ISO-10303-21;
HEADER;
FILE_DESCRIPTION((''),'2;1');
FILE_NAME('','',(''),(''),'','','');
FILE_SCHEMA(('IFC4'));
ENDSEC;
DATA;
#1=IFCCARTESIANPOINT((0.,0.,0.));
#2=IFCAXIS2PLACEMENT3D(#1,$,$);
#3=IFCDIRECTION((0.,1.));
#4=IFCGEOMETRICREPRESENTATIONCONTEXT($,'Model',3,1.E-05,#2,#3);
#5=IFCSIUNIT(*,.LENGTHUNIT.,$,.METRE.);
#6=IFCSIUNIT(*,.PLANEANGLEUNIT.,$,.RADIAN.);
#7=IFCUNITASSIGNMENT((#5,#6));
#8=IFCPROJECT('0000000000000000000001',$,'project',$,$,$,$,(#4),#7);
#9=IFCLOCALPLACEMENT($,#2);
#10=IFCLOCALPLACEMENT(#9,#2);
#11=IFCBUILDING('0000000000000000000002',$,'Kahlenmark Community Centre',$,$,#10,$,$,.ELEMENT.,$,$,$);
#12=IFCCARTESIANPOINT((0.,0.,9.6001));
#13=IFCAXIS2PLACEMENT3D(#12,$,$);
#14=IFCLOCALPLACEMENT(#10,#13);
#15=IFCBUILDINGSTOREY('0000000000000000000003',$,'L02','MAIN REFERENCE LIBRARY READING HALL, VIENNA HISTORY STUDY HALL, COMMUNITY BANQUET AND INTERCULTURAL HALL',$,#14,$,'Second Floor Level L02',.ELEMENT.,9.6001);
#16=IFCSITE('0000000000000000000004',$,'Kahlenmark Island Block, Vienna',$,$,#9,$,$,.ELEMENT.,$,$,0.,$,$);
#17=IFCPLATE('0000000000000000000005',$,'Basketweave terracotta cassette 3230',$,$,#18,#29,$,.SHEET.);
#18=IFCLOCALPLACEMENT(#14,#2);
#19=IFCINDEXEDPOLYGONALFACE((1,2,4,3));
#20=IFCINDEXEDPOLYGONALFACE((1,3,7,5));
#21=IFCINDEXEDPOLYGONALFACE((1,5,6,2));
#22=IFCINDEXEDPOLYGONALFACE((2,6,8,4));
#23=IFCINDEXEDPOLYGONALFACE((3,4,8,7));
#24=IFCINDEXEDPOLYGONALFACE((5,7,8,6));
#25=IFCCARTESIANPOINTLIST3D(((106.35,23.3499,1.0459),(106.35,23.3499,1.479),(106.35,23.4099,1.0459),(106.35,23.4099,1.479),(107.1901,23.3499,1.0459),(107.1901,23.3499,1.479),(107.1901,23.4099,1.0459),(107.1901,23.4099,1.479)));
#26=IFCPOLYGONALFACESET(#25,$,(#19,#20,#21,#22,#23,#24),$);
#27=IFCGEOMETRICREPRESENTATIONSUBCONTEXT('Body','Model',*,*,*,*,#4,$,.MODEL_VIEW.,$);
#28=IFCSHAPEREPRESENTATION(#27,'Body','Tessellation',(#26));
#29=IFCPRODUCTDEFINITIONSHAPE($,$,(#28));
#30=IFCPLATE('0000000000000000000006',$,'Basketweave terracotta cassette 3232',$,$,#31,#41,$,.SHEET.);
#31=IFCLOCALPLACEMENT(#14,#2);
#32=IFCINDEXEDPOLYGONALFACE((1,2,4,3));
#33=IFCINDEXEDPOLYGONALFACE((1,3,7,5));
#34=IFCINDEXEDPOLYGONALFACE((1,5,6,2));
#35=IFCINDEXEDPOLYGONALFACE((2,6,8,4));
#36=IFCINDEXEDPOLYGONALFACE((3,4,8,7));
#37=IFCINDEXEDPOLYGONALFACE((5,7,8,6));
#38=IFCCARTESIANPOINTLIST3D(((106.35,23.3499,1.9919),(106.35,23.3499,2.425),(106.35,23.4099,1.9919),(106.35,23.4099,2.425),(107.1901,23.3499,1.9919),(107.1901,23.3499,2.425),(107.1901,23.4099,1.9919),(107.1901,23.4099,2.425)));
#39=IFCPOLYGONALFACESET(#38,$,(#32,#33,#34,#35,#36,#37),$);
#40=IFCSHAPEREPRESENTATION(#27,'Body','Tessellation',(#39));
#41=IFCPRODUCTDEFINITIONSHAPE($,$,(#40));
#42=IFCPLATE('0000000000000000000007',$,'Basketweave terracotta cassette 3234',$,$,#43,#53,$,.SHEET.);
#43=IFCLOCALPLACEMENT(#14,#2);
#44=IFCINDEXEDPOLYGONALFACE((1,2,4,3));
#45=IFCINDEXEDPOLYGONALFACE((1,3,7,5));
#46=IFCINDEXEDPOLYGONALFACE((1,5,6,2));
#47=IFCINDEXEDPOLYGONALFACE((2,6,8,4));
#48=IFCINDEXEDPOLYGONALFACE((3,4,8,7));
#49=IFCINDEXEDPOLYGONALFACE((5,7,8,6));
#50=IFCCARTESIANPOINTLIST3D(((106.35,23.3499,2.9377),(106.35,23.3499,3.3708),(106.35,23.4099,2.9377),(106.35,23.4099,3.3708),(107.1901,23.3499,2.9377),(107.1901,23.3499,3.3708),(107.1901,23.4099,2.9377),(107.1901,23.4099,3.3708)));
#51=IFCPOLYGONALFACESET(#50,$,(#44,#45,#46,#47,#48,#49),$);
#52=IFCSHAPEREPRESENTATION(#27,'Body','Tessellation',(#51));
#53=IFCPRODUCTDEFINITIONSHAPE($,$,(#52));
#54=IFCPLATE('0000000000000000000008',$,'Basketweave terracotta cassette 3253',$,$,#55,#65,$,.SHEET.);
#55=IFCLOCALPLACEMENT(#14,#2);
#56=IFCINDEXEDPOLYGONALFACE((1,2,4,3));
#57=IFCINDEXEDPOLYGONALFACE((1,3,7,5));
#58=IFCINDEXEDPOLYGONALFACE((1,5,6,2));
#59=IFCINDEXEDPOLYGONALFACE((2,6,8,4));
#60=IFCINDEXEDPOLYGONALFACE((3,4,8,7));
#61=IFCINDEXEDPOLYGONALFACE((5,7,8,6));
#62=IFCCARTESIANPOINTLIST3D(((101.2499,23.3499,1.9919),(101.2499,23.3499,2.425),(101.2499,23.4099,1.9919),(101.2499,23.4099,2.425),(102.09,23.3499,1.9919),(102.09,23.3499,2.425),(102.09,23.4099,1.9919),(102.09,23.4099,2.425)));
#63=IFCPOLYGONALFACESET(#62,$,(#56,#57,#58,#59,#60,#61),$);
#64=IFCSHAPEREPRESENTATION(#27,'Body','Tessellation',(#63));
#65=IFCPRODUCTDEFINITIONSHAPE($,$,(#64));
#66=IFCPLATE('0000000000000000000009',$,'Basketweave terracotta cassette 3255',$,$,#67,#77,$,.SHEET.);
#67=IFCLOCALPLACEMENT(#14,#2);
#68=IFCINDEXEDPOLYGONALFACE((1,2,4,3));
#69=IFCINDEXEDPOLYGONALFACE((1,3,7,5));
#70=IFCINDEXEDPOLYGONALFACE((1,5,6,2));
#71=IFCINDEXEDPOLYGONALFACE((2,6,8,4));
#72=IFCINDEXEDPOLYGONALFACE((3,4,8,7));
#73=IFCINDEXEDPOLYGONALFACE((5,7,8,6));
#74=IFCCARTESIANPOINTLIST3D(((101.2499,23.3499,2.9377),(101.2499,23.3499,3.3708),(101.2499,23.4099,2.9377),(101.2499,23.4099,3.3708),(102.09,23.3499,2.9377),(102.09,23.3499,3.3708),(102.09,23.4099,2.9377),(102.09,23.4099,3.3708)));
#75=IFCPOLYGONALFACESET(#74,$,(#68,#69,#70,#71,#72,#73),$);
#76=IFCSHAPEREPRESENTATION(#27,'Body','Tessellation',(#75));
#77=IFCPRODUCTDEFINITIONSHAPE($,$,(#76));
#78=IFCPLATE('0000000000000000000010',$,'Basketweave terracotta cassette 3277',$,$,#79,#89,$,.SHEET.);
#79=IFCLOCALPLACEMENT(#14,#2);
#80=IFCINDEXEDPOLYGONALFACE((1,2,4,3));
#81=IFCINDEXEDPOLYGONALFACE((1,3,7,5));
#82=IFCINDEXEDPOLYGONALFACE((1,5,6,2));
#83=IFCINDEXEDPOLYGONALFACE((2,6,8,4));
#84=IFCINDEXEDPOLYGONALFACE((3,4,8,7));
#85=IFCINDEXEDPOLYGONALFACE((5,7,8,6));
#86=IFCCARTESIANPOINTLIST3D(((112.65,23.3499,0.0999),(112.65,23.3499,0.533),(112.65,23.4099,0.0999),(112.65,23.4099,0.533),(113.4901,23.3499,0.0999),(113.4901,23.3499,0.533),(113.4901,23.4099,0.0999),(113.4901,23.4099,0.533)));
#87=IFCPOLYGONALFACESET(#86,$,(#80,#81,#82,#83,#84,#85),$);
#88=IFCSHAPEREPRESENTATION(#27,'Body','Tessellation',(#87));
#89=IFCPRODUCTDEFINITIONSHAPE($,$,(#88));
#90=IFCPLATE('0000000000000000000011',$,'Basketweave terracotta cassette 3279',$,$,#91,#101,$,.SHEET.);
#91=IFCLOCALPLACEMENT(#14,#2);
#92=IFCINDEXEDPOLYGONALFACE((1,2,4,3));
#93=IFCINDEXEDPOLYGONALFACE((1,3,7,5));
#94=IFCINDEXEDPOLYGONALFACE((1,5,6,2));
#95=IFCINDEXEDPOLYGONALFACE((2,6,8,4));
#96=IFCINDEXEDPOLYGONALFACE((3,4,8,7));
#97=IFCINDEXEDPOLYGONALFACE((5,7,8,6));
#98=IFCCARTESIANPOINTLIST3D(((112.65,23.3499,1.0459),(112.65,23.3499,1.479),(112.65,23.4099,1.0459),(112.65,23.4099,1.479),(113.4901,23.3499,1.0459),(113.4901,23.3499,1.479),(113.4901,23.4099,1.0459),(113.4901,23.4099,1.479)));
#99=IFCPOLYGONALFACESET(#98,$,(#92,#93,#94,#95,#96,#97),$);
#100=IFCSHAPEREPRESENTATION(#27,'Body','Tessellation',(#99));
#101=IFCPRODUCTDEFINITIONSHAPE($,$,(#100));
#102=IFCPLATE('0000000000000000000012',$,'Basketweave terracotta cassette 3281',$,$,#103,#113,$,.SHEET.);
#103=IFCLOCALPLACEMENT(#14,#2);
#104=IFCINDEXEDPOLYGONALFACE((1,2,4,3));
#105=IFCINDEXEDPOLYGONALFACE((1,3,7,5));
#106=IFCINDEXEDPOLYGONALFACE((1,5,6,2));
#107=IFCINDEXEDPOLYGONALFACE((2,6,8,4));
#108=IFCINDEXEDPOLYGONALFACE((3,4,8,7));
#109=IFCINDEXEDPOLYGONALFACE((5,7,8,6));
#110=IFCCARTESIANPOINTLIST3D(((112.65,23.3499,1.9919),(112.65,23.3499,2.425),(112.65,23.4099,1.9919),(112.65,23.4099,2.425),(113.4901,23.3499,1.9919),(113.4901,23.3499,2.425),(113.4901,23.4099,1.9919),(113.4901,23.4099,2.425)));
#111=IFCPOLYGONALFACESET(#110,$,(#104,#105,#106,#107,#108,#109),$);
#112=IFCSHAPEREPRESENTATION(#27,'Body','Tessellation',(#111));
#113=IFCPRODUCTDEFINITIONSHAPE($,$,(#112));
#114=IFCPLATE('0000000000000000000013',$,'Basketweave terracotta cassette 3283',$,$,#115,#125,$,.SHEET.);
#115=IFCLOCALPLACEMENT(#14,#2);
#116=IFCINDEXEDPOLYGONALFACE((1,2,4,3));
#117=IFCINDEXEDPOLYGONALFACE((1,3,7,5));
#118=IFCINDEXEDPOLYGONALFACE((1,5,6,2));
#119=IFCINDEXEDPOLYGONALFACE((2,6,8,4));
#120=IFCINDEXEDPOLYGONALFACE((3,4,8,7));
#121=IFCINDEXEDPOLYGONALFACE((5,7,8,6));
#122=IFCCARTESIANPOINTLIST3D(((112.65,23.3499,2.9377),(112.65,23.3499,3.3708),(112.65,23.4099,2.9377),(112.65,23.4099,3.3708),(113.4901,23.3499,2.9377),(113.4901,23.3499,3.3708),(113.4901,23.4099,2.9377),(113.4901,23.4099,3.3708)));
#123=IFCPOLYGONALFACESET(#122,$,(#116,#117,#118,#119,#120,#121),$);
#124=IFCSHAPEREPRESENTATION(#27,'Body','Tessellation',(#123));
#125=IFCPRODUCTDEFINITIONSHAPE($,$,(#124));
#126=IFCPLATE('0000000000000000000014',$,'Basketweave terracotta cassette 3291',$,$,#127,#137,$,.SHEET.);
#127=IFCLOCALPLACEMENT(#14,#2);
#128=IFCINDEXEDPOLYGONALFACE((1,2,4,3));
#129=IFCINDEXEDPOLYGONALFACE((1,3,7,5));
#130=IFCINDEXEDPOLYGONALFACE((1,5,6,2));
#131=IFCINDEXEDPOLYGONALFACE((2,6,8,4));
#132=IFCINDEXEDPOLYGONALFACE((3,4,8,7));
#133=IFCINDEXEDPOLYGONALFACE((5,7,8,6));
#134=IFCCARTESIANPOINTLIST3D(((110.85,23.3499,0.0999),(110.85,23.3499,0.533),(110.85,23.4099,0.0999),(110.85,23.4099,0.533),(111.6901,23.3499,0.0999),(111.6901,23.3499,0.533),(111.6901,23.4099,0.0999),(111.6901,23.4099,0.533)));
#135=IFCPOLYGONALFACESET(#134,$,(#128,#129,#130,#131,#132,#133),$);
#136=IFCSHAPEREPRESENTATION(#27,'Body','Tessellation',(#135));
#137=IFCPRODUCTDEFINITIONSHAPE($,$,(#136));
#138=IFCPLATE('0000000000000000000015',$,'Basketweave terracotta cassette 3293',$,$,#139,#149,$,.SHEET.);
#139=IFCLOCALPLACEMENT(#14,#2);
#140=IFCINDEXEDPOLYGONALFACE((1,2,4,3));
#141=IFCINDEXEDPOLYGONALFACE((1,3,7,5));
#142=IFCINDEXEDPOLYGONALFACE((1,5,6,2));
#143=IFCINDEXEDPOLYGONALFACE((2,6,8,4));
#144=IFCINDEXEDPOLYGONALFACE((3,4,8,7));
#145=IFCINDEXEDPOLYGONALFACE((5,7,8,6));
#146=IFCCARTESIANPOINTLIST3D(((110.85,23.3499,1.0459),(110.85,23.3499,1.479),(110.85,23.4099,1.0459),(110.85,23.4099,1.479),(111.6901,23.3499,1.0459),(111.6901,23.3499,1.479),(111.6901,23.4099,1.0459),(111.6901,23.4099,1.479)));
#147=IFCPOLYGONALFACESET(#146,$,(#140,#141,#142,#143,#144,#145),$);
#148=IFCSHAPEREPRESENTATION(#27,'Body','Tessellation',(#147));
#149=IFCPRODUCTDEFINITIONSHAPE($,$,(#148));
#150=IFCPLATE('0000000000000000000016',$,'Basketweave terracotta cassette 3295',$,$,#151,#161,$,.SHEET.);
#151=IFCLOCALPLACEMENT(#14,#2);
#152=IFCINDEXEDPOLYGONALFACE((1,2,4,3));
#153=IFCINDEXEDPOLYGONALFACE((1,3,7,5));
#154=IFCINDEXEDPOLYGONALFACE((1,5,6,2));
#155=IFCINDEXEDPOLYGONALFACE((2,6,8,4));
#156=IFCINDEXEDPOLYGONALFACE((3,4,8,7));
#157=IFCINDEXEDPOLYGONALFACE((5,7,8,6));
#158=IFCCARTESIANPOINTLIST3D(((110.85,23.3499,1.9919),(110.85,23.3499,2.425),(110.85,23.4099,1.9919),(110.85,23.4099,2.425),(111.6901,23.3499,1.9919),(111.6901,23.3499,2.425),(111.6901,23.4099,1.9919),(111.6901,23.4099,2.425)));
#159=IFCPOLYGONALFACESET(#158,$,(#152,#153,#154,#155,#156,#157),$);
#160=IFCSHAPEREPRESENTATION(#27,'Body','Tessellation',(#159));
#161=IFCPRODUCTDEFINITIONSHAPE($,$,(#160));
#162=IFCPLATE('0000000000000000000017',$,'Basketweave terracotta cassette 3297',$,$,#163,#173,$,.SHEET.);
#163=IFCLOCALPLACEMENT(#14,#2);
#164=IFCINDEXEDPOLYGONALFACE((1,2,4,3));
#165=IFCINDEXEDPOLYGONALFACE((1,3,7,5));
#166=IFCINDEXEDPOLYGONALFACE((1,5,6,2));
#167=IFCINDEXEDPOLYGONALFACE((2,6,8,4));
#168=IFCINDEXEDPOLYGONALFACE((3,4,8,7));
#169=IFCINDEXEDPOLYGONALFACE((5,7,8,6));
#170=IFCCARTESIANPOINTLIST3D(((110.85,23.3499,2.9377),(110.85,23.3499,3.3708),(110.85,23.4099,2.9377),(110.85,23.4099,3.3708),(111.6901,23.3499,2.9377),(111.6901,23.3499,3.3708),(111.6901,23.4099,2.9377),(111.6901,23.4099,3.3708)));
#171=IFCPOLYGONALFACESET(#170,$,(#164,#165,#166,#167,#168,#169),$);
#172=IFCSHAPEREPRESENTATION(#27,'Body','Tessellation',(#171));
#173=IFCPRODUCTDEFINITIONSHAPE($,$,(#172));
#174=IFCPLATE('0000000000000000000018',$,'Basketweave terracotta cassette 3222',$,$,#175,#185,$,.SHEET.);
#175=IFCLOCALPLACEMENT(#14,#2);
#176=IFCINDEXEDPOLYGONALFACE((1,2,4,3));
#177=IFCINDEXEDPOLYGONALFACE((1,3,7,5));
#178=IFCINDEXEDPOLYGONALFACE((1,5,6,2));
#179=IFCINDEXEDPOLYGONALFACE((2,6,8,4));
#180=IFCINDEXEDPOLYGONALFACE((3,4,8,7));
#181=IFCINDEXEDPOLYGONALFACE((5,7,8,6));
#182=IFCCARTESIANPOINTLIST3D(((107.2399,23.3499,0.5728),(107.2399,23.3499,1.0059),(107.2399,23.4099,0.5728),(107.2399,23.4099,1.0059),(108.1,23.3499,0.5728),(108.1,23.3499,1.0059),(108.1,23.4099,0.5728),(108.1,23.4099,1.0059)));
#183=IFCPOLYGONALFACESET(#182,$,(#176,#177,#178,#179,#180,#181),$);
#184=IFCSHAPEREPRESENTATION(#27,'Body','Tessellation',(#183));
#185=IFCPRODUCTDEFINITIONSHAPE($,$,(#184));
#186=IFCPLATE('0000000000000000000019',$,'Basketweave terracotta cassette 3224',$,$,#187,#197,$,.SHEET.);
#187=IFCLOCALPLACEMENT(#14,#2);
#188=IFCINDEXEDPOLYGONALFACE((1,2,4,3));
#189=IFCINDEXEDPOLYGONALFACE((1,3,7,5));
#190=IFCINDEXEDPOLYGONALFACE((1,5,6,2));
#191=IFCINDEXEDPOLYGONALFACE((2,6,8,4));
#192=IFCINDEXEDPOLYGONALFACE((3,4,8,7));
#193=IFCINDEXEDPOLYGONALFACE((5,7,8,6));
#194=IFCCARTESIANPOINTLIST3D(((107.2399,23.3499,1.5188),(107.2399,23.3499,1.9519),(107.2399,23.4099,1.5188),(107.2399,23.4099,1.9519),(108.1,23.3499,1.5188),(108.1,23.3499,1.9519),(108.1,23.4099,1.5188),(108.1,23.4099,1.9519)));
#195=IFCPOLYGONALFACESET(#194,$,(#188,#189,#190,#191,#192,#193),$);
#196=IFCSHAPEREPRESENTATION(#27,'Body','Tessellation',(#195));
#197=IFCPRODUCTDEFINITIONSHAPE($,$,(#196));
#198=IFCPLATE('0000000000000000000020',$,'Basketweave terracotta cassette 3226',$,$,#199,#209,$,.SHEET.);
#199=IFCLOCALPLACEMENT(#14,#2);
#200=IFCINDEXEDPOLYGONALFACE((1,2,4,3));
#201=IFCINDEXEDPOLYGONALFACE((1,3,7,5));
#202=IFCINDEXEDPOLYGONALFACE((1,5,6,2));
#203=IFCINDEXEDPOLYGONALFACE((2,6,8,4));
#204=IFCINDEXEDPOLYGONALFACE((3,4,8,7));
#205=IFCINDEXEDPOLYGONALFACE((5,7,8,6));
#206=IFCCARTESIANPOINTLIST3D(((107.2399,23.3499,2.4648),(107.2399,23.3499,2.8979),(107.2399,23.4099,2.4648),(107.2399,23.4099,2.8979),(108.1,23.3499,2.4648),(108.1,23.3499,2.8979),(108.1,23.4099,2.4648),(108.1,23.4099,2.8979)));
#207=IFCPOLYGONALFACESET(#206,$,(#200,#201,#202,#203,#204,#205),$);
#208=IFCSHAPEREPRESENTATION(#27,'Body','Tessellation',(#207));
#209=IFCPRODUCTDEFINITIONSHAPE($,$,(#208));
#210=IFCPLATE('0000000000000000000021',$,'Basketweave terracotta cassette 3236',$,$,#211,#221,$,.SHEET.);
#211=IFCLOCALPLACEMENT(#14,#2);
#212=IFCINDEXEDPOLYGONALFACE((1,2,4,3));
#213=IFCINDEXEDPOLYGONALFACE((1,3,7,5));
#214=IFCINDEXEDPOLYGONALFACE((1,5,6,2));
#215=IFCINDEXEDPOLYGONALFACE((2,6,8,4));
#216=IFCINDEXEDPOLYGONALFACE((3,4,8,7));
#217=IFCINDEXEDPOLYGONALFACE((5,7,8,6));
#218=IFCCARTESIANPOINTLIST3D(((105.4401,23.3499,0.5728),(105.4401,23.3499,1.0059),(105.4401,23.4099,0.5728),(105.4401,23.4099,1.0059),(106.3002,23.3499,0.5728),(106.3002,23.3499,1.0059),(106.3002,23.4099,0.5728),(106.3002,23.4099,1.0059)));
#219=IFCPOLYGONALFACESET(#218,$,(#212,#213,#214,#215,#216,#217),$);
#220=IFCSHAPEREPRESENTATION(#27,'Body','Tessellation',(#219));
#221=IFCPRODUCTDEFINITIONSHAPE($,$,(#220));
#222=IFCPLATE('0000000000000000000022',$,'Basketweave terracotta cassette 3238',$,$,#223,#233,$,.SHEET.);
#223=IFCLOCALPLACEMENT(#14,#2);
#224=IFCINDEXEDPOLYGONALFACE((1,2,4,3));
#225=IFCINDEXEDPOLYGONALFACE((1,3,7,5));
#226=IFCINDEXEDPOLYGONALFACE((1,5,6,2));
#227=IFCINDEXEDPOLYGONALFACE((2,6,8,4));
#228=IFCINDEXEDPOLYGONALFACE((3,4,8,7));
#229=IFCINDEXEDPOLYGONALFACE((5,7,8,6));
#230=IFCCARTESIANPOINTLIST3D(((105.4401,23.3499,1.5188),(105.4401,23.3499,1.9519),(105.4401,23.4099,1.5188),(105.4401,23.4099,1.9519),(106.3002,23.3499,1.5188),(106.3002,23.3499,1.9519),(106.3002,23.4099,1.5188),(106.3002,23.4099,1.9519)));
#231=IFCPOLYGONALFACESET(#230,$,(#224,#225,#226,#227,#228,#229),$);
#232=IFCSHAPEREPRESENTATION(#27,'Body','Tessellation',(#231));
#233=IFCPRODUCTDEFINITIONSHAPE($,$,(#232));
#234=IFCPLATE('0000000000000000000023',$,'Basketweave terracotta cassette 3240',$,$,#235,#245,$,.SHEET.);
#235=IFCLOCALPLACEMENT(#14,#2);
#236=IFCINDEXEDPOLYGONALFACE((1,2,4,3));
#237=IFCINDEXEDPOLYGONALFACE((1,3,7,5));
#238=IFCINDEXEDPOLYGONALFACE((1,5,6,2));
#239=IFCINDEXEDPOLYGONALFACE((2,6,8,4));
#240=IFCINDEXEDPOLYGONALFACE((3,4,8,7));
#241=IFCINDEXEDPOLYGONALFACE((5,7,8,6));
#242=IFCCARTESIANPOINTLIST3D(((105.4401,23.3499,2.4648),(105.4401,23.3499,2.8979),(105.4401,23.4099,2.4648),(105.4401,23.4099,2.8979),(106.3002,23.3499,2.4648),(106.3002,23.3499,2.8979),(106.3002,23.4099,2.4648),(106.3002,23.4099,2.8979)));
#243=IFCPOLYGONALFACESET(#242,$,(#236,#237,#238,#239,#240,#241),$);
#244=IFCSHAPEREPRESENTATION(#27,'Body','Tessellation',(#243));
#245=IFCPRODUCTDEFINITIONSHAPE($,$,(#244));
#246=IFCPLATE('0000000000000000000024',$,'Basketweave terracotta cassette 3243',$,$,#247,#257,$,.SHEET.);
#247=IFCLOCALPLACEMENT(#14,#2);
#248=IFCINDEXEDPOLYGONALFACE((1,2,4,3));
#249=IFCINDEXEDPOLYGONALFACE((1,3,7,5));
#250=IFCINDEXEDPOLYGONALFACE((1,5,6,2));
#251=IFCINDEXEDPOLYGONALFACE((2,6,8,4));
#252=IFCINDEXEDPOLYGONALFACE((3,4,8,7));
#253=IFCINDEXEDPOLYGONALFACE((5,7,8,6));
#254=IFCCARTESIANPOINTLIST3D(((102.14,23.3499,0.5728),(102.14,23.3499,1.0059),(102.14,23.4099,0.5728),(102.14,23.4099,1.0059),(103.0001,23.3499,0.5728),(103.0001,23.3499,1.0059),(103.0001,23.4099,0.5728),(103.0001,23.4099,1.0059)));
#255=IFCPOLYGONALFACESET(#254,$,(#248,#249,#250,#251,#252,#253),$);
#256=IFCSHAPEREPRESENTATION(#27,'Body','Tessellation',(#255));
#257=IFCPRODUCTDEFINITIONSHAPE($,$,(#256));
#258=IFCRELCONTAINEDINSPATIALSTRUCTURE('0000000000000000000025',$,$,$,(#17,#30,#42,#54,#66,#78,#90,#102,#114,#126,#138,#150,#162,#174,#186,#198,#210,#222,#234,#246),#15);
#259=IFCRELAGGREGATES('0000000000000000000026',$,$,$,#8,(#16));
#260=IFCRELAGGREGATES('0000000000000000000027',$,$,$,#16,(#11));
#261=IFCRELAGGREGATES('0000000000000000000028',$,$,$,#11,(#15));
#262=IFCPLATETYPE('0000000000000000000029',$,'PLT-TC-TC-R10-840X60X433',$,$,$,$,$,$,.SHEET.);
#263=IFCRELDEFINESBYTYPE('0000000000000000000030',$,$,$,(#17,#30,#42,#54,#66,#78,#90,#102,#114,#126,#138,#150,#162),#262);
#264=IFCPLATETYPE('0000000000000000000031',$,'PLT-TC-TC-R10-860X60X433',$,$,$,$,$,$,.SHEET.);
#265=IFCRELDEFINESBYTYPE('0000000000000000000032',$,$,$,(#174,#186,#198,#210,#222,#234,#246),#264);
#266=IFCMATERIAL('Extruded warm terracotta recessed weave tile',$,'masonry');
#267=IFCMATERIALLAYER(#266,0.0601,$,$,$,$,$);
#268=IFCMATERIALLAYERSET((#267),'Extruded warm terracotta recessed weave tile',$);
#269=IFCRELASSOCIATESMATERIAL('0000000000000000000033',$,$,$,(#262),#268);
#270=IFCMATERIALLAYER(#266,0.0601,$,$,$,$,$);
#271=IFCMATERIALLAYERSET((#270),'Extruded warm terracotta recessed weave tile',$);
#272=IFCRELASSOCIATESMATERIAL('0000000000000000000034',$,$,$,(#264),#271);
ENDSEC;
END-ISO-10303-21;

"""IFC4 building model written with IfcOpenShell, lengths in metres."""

from ifc_helpers import new_model, si_unit, direction, frame, origin, origin_2d, place, context, subcontext, project, spatial, rectangle, extrude, material, layer, layer_set, type_object, element, save


model = new_model("IFC4")

# Units and contexts
model_context = context("Model", 3, precision=1e-05, world=origin(), true_north=direction((0.0, 1.0)))
body_context = subcontext(model_context, "Body", "Model", "MODEL_VIEW")
ifc_project = project(units=[si_unit("LENGTHUNIT", "METRE"), si_unit("PLANEANGLEUNIT", "RADIAN")], contexts=[model_context])

# Site, building, storey
site_placement = place(None, origin())
site = spatial("IfcSite", under=ifc_project, at=site_placement, Name="Kahlenmark Island Block, Vienna", CompositionType="ELEMENT", RefElevation=0.0)
building_placement = place(site_placement, origin())
building = spatial("IfcBuilding", under=site, at=building_placement, Name="Kahlenmark Community Centre", CompositionType="ELEMENT")
storey_placement = place(building_placement, frame((0.0, 0.0, 9.6001)))
storey = spatial("IfcBuildingStorey", under=building, at=storey_placement, Name="L02", Description="MAIN REFERENCE LIBRARY READING HALL, VIENNA HISTORY STUDY HALL, COMMUNITY BANQUET AND INTERCULTURAL HALL", LongName="Second Floor Level L02", CompositionType="ELEMENT", Elevation=9.6001)

# Plates
ifc_material_1 = material(Name="Extruded warm terracotta recessed weave tile", Category="masonry")
ifc_layer_1 = layer(ifc_material_1, 0.0601)
ifc_layer_set_1 = layer_set([ifc_layer_1], Name="Extruded warm terracotta recessed weave tile")
plate_type_1 = type_object("IfcPlateType", Name="PLT-TC-TC-R10-840X60X433", PredefinedType="SHEET", material=ifc_layer_set_1)
for number, where, z_axis, x_axis, name in (
    (1, (106.77, 23.3799, 1.0459), (0.0, 0.0, 1.0), (-1.0, 0.0, 0.0), "Basketweave terracotta cassette 3230"),
    (2, (106.77, 23.3799, 1.9919), (0.0, 0.0, 1.0), (-1.0, 0.0, 0.0), "Basketweave terracotta cassette 3232"),
    (3, (106.77, 23.3799, 2.9377), (0.0, 0.0, 1.0), (-1.0, 0.0, 0.0), "Basketweave terracotta cassette 3234"),
    (4, (101.6699, 23.3799, 1.9919), (0.0, 0.0, 1.0), (-1.0, 0.0, 0.0), "Basketweave terracotta cassette 3253"),
    (5, (101.6699, 23.3799, 2.9377), (0.0, 0.0, 1.0), (-1.0, 0.0, 0.0), "Basketweave terracotta cassette 3255"),
    (6, (113.0701, 23.3799, 0.0999), (0.0, 0.0, 1.0), (-1.0, 0.0, 0.0), "Basketweave terracotta cassette 3277"),
    (7, (113.0701, 23.3799, 1.0459), (0.0, 0.0, 1.0), (-1.0, 0.0, 0.0), "Basketweave terracotta cassette 3279"),
    (8, (113.0701, 23.3799, 1.9919), (0.0, 0.0, 1.0), (-1.0, 0.0, 0.0), "Basketweave terracotta cassette 3281"),
    (9, (113.0701, 23.3799, 2.9377), (0.0, 0.0, 1.0), (-1.0, 0.0, 0.0), "Basketweave terracotta cassette 3283"),
    (10, (111.27, 23.3799, 0.0999), (0.0, 0.0, 1.0), (-1.0, 0.0, 0.0), "Basketweave terracotta cassette 3291"),
    (11, (111.27, 23.3799, 1.0459), (0.0, 0.0, 1.0), (-1.0, 0.0, 0.0), "Basketweave terracotta cassette 3293"),
    (12, (111.27, 23.3799, 1.9919), (0.0, 0.0, 1.0), (-1.0, 0.0, 0.0), "Basketweave terracotta cassette 3295"),
    (13, (111.27, 23.3799, 2.9377), (0.0, 0.0, 1.0), (-1.0, 0.0, 0.0), "Basketweave terracotta cassette 3297"),
):
    element("IfcPlate", number, at=place(storey_placement, frame(where, z_axis=z_axis, x_axis=x_axis)), inside=storey, type_object=plate_type_1, Name=name, PredefinedType="SHEET", context=body_context, shape_type="SweptSolid", body=[
        extrude(rectangle(XDim=0.8401, YDim=0.0601, at=origin_2d()), origin(), (0.0, 0.0, 1.0), 0.4331),
    ])
ifc_layer_2 = layer(ifc_material_1, 0.0601)
ifc_layer_set_2 = layer_set([ifc_layer_2], Name="Extruded warm terracotta recessed weave tile")
plate_type_2 = type_object("IfcPlateType", Name="PLT-TC-TC-R10-860X60X433", PredefinedType="SHEET", material=ifc_layer_set_2)
for number, where, z_axis, x_axis, name in (
    (14, (107.6699, 23.3799, 0.5728), (0.0, 0.0, 1.0), (-1.0, 0.0, 0.0), "Basketweave terracotta cassette 3222"),
    (15, (107.6699, 23.3799, 1.5188), (0.0, 0.0, 1.0), (-1.0, 0.0, 0.0), "Basketweave terracotta cassette 3224"),
    (16, (107.6699, 23.3799, 2.4648), (0.0, 0.0, 1.0), (-1.0, 0.0, 0.0), "Basketweave terracotta cassette 3226"),
    (17, (105.8701, 23.3799, 0.5728), (0.0, 0.0, 1.0), (-1.0, 0.0, 0.0), "Basketweave terracotta cassette 3236"),
    (18, (105.8701, 23.3799, 1.5188), (0.0, 0.0, 1.0), (-1.0, 0.0, 0.0), "Basketweave terracotta cassette 3238"),
    (19, (105.8701, 23.3799, 2.4648), (0.0, 0.0, 1.0), (-1.0, 0.0, 0.0), "Basketweave terracotta cassette 3240"),
    (20, (102.5701, 23.3799, 0.5728), (0.0, 0.0, 1.0), (-1.0, 0.0, 0.0), "Basketweave terracotta cassette 3243"),
):
    element("IfcPlate", number, at=place(storey_placement, frame(where, z_axis=z_axis, x_axis=x_axis)), inside=storey, type_object=plate_type_2, Name=name, PredefinedType="SHEET", context=body_context, shape_type="SweptSolid", body=[
        extrude(rectangle(XDim=0.8601, YDim=0.0601, at=origin_2d()), origin(), (0.0, 0.0, 1.0), 0.4331),
    ])

save(model, "model.ifc")
